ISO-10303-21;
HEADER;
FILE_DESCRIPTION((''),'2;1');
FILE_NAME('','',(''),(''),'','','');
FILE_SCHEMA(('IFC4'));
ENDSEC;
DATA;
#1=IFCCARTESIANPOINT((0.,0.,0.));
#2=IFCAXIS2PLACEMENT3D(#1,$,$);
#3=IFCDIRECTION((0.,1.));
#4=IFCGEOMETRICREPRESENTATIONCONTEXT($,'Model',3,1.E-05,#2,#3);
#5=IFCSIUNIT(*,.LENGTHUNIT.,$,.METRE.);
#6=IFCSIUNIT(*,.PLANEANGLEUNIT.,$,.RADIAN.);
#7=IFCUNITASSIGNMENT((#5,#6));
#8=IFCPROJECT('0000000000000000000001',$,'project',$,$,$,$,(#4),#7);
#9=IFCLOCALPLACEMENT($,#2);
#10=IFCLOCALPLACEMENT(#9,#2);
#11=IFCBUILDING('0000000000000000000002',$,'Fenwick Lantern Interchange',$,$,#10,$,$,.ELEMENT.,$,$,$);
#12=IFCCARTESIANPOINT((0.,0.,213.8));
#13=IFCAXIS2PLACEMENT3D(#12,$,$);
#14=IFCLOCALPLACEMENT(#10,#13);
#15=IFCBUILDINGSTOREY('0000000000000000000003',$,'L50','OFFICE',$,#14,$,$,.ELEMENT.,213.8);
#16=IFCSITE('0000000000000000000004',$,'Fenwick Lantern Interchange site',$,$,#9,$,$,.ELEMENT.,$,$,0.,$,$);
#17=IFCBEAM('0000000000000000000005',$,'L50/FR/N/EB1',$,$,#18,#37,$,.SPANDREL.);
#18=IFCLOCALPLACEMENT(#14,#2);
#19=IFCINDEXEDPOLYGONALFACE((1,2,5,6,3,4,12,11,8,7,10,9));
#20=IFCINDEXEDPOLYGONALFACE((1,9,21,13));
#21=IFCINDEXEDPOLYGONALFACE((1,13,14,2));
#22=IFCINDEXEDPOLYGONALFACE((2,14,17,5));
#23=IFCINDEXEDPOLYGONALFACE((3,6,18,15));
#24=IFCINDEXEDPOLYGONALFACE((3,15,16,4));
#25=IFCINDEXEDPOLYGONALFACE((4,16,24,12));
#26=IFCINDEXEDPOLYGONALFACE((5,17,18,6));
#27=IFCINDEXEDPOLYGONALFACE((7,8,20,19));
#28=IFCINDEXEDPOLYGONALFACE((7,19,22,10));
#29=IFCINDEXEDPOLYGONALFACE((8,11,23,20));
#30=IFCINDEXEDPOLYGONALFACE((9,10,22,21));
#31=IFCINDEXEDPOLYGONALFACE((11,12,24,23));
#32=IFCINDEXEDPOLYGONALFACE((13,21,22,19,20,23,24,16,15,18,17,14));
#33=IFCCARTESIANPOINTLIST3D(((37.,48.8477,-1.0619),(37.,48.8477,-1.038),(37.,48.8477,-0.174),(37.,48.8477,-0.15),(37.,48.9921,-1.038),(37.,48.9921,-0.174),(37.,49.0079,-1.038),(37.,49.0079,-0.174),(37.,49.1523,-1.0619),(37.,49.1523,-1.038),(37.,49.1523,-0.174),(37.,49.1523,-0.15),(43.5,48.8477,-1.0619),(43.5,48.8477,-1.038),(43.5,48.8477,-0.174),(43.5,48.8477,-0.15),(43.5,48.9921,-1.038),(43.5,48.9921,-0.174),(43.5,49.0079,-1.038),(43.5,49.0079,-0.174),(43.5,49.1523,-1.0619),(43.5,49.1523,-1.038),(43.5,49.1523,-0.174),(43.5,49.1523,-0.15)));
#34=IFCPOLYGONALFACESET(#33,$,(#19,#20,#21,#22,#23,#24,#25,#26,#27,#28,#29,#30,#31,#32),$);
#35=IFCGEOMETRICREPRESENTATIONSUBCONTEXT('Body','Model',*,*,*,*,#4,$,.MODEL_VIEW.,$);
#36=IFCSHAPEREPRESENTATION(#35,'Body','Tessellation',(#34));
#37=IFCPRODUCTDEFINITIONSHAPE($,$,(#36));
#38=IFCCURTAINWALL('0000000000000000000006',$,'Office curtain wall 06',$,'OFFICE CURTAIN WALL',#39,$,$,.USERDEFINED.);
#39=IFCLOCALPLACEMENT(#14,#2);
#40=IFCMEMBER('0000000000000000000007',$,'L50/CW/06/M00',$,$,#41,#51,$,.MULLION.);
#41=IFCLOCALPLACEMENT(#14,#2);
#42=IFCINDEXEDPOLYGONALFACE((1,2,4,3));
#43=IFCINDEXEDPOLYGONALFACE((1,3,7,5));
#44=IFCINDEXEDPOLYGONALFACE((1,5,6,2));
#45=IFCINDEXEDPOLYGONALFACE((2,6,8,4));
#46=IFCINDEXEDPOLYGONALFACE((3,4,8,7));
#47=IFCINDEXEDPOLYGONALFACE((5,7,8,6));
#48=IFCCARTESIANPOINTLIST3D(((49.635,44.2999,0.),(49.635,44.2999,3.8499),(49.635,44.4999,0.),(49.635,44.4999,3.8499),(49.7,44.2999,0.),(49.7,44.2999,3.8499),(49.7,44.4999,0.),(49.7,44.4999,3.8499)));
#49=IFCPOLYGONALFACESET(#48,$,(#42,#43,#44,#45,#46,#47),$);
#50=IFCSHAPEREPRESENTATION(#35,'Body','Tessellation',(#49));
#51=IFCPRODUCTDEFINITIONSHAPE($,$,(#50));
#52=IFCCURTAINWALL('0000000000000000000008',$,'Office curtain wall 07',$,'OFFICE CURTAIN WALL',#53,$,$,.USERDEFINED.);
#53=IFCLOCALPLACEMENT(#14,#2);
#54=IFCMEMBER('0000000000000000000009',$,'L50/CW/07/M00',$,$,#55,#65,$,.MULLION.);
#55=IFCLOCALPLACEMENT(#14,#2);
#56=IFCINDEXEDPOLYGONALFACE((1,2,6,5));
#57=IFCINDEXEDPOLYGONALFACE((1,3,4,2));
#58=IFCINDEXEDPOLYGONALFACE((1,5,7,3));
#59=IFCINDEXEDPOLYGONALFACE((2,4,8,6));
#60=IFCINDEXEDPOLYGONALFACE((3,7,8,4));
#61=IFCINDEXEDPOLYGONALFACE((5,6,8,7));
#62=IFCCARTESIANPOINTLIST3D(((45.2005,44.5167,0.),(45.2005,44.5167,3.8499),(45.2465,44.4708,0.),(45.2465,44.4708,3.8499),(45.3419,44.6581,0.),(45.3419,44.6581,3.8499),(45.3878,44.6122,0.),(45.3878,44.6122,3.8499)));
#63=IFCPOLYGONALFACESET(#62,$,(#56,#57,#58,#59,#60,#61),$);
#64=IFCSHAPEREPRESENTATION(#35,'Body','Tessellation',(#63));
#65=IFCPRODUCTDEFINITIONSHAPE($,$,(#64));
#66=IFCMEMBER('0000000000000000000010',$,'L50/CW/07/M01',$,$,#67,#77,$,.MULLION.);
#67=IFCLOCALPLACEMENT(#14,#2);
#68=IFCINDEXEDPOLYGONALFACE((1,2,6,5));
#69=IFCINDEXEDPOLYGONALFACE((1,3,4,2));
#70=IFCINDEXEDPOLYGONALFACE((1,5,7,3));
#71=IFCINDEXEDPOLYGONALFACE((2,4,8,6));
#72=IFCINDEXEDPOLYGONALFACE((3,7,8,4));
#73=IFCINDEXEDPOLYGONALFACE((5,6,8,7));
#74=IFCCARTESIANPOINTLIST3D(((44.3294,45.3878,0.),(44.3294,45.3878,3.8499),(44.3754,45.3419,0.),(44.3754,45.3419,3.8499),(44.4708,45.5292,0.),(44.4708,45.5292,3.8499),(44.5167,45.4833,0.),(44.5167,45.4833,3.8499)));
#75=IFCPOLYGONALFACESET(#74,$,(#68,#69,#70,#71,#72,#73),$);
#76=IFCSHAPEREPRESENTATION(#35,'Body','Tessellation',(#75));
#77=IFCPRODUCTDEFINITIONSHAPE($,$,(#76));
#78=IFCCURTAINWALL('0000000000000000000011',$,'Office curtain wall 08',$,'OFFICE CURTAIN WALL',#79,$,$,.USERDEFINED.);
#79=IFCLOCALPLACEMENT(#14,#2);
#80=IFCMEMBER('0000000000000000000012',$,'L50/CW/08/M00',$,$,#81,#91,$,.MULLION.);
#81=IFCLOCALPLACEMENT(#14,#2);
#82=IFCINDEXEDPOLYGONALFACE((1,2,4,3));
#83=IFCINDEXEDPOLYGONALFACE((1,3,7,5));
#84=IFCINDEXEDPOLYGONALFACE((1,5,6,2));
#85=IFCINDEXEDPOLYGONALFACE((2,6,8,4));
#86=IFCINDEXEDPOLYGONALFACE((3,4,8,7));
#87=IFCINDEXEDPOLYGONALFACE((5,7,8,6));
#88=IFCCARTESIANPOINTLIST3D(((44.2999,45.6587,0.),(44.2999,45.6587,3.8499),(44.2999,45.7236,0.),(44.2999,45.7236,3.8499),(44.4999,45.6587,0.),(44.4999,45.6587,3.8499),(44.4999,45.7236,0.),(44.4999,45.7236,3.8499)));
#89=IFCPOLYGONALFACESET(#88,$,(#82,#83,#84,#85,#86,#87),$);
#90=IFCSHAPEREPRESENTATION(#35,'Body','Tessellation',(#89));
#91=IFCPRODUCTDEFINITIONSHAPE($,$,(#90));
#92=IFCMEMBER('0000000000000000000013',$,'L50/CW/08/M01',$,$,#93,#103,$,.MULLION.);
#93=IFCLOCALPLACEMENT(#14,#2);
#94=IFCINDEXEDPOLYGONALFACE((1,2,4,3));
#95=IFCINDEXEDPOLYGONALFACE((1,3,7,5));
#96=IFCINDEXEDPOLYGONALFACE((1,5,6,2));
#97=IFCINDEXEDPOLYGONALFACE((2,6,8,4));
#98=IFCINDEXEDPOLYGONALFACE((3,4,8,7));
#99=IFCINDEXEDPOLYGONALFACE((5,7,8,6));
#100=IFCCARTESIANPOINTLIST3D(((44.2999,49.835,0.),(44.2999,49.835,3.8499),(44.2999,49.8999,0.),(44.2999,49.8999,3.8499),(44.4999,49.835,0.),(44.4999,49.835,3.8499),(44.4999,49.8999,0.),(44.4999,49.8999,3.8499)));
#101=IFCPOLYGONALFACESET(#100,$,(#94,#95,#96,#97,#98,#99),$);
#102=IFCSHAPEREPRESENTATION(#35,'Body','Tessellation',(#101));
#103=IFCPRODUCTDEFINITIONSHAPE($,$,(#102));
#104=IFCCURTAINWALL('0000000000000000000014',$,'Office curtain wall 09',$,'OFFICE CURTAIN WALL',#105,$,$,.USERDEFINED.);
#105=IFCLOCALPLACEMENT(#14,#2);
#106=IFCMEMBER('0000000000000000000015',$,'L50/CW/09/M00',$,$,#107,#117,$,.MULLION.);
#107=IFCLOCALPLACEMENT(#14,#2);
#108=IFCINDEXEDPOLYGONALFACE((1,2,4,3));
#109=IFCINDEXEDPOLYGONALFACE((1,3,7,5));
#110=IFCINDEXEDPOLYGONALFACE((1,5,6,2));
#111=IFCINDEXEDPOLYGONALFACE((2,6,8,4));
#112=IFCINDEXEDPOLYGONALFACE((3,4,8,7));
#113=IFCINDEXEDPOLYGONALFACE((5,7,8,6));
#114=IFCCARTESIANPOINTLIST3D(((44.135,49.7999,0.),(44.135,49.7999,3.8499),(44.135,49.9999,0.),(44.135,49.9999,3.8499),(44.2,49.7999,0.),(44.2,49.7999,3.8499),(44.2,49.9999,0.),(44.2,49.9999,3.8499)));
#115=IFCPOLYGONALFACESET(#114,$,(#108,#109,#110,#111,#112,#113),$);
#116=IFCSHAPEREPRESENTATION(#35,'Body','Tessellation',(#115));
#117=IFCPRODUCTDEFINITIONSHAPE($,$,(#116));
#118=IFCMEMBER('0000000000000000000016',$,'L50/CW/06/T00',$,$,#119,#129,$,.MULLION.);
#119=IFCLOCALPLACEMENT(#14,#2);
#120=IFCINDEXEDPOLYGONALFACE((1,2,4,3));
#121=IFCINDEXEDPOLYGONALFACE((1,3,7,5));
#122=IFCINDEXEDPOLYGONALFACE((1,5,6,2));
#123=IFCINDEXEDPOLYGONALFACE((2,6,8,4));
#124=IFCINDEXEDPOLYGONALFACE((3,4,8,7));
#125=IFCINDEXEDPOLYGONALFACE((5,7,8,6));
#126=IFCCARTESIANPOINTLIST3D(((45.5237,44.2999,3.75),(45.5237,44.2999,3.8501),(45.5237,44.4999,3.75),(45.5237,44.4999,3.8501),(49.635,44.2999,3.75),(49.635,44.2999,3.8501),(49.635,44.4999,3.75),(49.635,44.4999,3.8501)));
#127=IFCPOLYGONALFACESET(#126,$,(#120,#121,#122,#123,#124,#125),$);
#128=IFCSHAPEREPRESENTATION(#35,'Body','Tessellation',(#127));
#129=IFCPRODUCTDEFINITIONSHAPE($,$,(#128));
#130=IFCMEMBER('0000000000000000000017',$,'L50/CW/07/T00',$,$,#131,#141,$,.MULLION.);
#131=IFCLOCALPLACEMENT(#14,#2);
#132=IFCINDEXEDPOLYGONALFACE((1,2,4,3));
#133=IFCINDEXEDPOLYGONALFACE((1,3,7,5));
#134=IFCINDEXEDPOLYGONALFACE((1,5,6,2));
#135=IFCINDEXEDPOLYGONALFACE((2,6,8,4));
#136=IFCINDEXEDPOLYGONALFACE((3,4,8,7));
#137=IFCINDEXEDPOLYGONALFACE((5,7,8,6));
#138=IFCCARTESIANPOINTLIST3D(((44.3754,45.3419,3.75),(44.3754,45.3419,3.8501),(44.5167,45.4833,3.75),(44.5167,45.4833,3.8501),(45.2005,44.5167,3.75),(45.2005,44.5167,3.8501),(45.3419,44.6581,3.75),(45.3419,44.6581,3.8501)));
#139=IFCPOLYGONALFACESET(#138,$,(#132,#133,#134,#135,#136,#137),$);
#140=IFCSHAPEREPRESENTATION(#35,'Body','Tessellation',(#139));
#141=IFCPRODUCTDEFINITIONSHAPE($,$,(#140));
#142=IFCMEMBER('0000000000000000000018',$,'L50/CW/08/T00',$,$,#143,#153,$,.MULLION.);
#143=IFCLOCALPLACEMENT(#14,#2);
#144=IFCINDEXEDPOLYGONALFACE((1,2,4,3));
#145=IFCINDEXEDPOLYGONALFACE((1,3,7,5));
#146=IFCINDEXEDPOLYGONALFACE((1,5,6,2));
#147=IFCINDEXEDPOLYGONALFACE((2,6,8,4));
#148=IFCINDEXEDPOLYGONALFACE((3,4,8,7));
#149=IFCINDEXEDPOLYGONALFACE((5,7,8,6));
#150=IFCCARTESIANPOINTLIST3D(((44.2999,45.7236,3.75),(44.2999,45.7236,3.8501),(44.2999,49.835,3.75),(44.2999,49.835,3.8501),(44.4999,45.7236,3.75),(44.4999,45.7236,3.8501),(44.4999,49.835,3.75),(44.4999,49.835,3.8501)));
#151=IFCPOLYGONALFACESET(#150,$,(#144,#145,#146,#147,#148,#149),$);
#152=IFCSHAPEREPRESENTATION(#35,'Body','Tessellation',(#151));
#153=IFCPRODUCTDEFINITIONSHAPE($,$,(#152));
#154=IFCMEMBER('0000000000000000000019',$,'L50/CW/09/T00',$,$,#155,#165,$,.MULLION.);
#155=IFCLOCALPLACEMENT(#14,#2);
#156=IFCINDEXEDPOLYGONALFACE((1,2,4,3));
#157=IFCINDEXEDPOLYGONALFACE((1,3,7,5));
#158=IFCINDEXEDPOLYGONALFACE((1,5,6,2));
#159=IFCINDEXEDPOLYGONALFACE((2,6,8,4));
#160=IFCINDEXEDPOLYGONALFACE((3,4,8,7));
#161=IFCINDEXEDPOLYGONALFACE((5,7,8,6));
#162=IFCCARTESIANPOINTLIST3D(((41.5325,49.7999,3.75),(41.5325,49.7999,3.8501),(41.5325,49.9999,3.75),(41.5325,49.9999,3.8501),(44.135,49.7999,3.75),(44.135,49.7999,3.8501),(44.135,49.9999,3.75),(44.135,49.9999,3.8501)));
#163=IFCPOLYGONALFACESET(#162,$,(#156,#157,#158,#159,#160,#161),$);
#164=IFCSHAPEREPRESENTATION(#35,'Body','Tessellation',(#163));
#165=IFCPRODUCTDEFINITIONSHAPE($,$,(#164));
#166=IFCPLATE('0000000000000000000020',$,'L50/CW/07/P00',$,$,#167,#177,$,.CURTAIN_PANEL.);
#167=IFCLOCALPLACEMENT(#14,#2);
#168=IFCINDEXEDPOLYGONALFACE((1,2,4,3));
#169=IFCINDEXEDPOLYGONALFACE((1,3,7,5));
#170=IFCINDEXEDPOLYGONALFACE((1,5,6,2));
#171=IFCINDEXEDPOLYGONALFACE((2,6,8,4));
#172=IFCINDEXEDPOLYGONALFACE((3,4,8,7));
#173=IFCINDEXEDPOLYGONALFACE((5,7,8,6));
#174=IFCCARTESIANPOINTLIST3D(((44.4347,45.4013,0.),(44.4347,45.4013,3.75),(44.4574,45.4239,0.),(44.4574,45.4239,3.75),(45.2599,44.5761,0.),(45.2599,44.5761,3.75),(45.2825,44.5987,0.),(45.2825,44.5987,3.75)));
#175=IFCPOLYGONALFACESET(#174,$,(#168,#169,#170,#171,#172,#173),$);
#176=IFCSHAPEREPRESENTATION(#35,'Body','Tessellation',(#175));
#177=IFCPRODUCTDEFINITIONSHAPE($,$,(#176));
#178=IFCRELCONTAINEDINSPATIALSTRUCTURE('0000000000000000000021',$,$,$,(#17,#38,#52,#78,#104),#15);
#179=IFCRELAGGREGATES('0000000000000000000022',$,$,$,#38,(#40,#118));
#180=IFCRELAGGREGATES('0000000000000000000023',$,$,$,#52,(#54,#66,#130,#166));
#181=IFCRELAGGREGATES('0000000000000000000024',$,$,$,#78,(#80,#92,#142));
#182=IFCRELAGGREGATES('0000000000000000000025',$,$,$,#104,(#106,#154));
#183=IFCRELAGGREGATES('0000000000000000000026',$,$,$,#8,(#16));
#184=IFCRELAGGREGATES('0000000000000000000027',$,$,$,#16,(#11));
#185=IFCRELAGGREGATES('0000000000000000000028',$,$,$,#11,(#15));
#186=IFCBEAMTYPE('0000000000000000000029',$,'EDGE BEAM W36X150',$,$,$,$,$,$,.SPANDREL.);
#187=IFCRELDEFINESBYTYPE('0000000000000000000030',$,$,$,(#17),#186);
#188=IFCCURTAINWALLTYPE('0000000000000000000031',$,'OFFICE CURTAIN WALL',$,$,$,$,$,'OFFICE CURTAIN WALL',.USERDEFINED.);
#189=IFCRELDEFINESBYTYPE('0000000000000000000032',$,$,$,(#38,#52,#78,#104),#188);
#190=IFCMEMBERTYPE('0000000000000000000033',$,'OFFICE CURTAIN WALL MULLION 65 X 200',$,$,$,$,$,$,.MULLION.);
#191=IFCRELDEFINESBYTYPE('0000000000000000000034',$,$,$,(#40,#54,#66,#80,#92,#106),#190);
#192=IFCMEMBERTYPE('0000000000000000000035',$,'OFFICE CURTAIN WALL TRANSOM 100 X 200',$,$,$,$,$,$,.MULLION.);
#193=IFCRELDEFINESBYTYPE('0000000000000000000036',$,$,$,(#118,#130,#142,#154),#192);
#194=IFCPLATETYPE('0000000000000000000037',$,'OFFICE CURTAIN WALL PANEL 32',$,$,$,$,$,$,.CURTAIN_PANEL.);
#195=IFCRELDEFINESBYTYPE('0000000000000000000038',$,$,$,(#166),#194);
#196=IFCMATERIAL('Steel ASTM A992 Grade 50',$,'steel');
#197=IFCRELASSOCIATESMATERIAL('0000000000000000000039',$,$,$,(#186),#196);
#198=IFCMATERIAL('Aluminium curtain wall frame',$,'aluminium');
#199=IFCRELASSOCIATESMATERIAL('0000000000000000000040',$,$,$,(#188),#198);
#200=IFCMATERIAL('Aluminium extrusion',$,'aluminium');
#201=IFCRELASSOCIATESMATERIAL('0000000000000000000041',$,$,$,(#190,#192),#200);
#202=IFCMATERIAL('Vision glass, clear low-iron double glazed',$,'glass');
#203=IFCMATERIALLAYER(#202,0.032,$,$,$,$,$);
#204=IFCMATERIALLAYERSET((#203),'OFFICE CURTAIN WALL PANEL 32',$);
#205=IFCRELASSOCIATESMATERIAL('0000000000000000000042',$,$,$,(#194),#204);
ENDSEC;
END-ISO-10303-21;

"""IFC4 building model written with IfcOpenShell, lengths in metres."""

from ifc_helpers import new_model, si_unit, direction, frame, origin, origin_2d, place, context, subcontext, project, spatial, rectangle, i_section, extrude, material, layer, layer_set, material_profile, profile_set, type_object, element, aggregate, save


model = new_model("IFC4")

# Units and contexts
model_context = context("Model", 3, precision=1e-05, world=origin(), true_north=direction((0.0, 1.0)))
body_context = subcontext(model_context, "Body", "Model", "MODEL_VIEW")
ifc_project = project(units=[si_unit("LENGTHUNIT", "METRE"), si_unit("PLANEANGLEUNIT", "RADIAN")], contexts=[model_context])

# Site, building, storey
site_placement = place(None, origin())
site = spatial("IfcSite", under=ifc_project, at=site_placement, Name="Fenwick Lantern Interchange site", CompositionType="ELEMENT", RefElevation=0.0)
building_placement = place(site_placement, origin())
building = spatial("IfcBuilding", under=site, at=building_placement, Name="Fenwick Lantern Interchange", CompositionType="ELEMENT")
storey_placement = place(building_placement, frame((0.0, 0.0, 213.8)))
storey = spatial("IfcBuildingStorey", under=building, at=storey_placement, Name="L50", Description="OFFICE", CompositionType="ELEMENT", Elevation=213.8)

# Beam
ifc_material_1 = material(Name="Steel ASTM A992 Grade 50", Category="steel")
ifc_material_profile_1 = material_profile(ifc_material_1, i_section(OverallWidth=0.3047, OverallDepth=0.9119, WebThickness=0.0159, FlangeThickness=0.0239, at=origin_2d()), Name="W36X150")
ifc_profile_set_1 = profile_set([ifc_material_profile_1], Name="Steel ASTM A992 Grade 50")
beam_type = type_object("IfcBeamType", Name="EDGE BEAM W36X150", PredefinedType="SPANDREL", material=ifc_profile_set_1)
beam_placement = place(storey_placement, frame((43.5, 49.0, -0.606), z_axis=(-1.0, 0.0, 0.0), x_axis=(0.0, -1.0, 0.0)))
element("IfcBeam", 1, at=beam_placement, inside=storey, type_object=beam_type, Name="L50/FR/N/EB1", PredefinedType="SPANDREL", context=body_context, shape_type="SweptSolid", body=[
    extrude(i_section(OverallWidth=0.3047, OverallDepth=0.9119, WebThickness=0.0159, FlangeThickness=0.0239, at=origin_2d()), origin(), (0.0, 0.0, 1.0), 6.5),
])

# Curtain wall, member
ifc_material_2 = material(Name="Aluminium curtain wall frame", Category="aluminium")
curtain_wall_type = type_object("IfcCurtainWallType", Name="OFFICE CURTAIN WALL", ElementType="OFFICE CURTAIN WALL", PredefinedType="USERDEFINED", material=ifc_material_2)
curtain_wall_1_placement = place(storey_placement, origin())
curtain_wall_1 = element("IfcCurtainWall", 2, at=curtain_wall_1_placement, inside=storey, type_object=curtain_wall_type, Name="Office curtain wall 06", ObjectType="OFFICE CURTAIN WALL", PredefinedType="USERDEFINED")
ifc_material_3 = material(Name="Aluminium extrusion", Category="aluminium")
ifc_material_profile_2 = material_profile(ifc_material_3, rectangle(XDim=0.2, YDim=0.0649, at=origin_2d()), Name="OFFICE CURTAIN WALL MULLION 65 X 200")
ifc_profile_set_2 = profile_set([ifc_material_profile_2], Name="Aluminium extrusion")
member_type_1 = type_object("IfcMemberType", Name="OFFICE CURTAIN WALL MULLION 65 X 200", PredefinedType="MULLION", material=ifc_profile_set_2)
member_1_placement = place(storey_placement, frame((49.6675, 44.3999, 0.0), z_axis=(0.0, 0.0, 1.0), x_axis=(0.0, -1.0, 0.0)))
member_1 = element("IfcMember", 3, at=member_1_placement, type_object=member_type_1, Name="L50/CW/06/M00", PredefinedType="MULLION", context=body_context, shape_type="SweptSolid", body=[
    extrude(rectangle(XDim=0.2, YDim=0.0649, at=origin_2d()), origin(), (0.0, 0.0, 1.0), 3.8499),
])

# Curtain walls, members
curtain_wall_2_placement = place(storey_placement, origin())
curtain_wall_2 = element("IfcCurtainWall", 4, at=curtain_wall_2_placement, inside=storey, type_object=curtain_wall_type, Name="Office curtain wall 07", ObjectType="OFFICE CURTAIN WALL", PredefinedType="USERDEFINED")
member_2_placement = place(storey_placement, frame((45.2942, 44.5645, 0.0), z_axis=(0.0, 0.0, 1.0), x_axis=(-0.707107, -0.707107, 0.0)))
member_2 = element("IfcMember", 5, at=member_2_placement, type_object=member_type_1, Name="L50/CW/07/M00", PredefinedType="MULLION", context=body_context, shape_type="SweptSolid", body=[
    extrude(rectangle(XDim=0.2, YDim=0.0649, at=origin_2d()), origin(), (0.0, 0.0, 1.0), 3.8499),
])
member_3_placement = place(storey_placement, frame((44.4231, 45.4355, 0.0), z_axis=(0.0, 0.0, 1.0), x_axis=(-0.707107, -0.707107, 0.0)))
member_3 = element("IfcMember", 6, at=member_3_placement, type_object=member_type_1, Name="L50/CW/07/M01", PredefinedType="MULLION", context=body_context, shape_type="SweptSolid", body=[
    extrude(rectangle(XDim=0.2, YDim=0.0649, at=origin_2d()), origin(), (0.0, 0.0, 1.0), 3.8499),
])
curtain_wall_3_placement = place(storey_placement, origin())
curtain_wall_3 = element("IfcCurtainWall", 7, at=curtain_wall_3_placement, inside=storey, type_object=curtain_wall_type, Name="Office curtain wall 08", ObjectType="OFFICE CURTAIN WALL", PredefinedType="USERDEFINED")
member_4_placement = place(storey_placement, frame((44.3999, 45.6912, 0.0), z_axis=(0.0, 0.0, 1.0), x_axis=(-1.0, 0.0, 0.0)))
member_4 = element("IfcMember", 8, at=member_4_placement, type_object=member_type_1, Name="L50/CW/08/M00", PredefinedType="MULLION", context=body_context, shape_type="SweptSolid", body=[
    extrude(rectangle(XDim=0.2, YDim=0.0649, at=origin_2d()), origin(), (0.0, 0.0, 1.0), 3.8499),
])
member_5_placement = place(storey_placement, frame((44.3999, 49.8674, 0.0), z_axis=(0.0, 0.0, 1.0), x_axis=(-1.0, 0.0, 0.0)))
member_5 = element("IfcMember", 9, at=member_5_placement, type_object=member_type_1, Name="L50/CW/08/M01", PredefinedType="MULLION", context=body_context, shape_type="SweptSolid", body=[
    extrude(rectangle(XDim=0.2, YDim=0.0649, at=origin_2d()), origin(), (0.0, 0.0, 1.0), 3.8499),
])

# Curtain wall, member
curtain_wall_4_placement = place(storey_placement, origin())
curtain_wall_4 = element("IfcCurtainWall", 10, at=curtain_wall_4_placement, inside=storey, type_object=curtain_wall_type, Name="Office curtain wall 09", ObjectType="OFFICE CURTAIN WALL", PredefinedType="USERDEFINED")
member_6_placement = place(storey_placement, frame((44.1675, 49.8999, 0.0), z_axis=(0.0, 0.0, 1.0), x_axis=(0.0, -1.0, 0.0)))
member_6 = element("IfcMember", 11, at=member_6_placement, type_object=member_type_1, Name="L50/CW/09/M00", PredefinedType="MULLION", context=body_context, shape_type="SweptSolid", body=[
    extrude(rectangle(XDim=0.2, YDim=0.0649, at=origin_2d()), origin(), (0.0, 0.0, 1.0), 3.8499),
])

# Members
ifc_material_profile_3 = material_profile(ifc_material_3, rectangle(XDim=0.2, YDim=0.1001, at=origin_2d()), Name="OFFICE CURTAIN WALL TRANSOM 100 X 200")
ifc_profile_set_3 = profile_set([ifc_material_profile_3], Name="Aluminium extrusion")
member_type_2 = type_object("IfcMemberType", Name="OFFICE CURTAIN WALL TRANSOM 100 X 200", PredefinedType="MULLION", material=ifc_profile_set_3)
member_7_placement = place(storey_placement, frame((49.635, 44.3999, 3.8), z_axis=(-1.0, 0.0, 0.0), x_axis=(0.0, -1.0, 0.0)))
member_7 = element("IfcMember", 12, at=member_7_placement, type_object=member_type_2, Name="L50/CW/06/T00", PredefinedType="MULLION", context=body_context, shape_type="SweptSolid", body=[
    extrude(rectangle(XDim=0.2, YDim=0.1001, at=origin_2d()), origin(), (0.0, 0.0, 1.0), 4.1113),
])
member_8_placement = place(storey_placement, frame((45.2712, 44.5874, 3.8), z_axis=(-0.707107, 0.707107, 0.0), x_axis=(-0.707107, -0.707107, 0.0)))
member_8 = element("IfcMember", 13, at=member_8_placement, type_object=member_type_2, Name="L50/CW/07/T00", PredefinedType="MULLION", context=body_context, shape_type="SweptSolid", body=[
    extrude(rectangle(XDim=0.2, YDim=0.1001, at=origin_2d()), origin(), (0.0, 0.0, 1.0), 1.167),
])
member_9_placement = place(storey_placement, frame((44.3999, 45.7236, 3.8), z_axis=(0.0, 1.0, 0.0), x_axis=(-1.0, 0.0, 0.0)))
member_9 = element("IfcMember", 14, at=member_9_placement, type_object=member_type_2, Name="L50/CW/08/T00", PredefinedType="MULLION", context=body_context, shape_type="SweptSolid", body=[
    extrude(rectangle(XDim=0.2, YDim=0.1001, at=origin_2d()), origin(), (0.0, 0.0, 1.0), 4.1113),
])
member_10_placement = place(storey_placement, frame((44.135, 49.8999, 3.8), z_axis=(-1.0, 0.0, 0.0), x_axis=(0.0, -1.0, 0.0)))
member_10 = element("IfcMember", 15, at=member_10_placement, type_object=member_type_2, Name="L50/CW/09/T00", PredefinedType="MULLION", context=body_context, shape_type="SweptSolid", body=[
    extrude(rectangle(XDim=0.2, YDim=0.1001, at=origin_2d()), origin(), (0.0, 0.0, 1.0), 2.6025),
])

# Plate
ifc_material_4 = material(Name="Vision glass, clear low-iron double glazed", Category="glass")
ifc_layer_1 = layer(ifc_material_4, 0.032)
ifc_layer_set_1 = layer_set([ifc_layer_1], Name="OFFICE CURTAIN WALL PANEL 32")
plate_type = type_object("IfcPlateType", Name="OFFICE CURTAIN WALL PANEL 32", PredefinedType="CURTAIN_PANEL", material=ifc_layer_set_1)
aggregate(curtain_wall_1, [member_1, member_7])
plate_1_placement = place(storey_placement, frame((44.8586, 45.0, 0.0), z_axis=(0.0, 0.0, 1.0), x_axis=(-0.707107, 0.707107, 0.0)))
plate_1 = element("IfcPlate", 16, at=plate_1_placement, type_object=plate_type, Name="L50/CW/07/P00", PredefinedType="CURTAIN_PANEL", context=body_context, shape_type="SweptSolid", body=[
    extrude(rectangle(XDim=1.167, YDim=0.032, at=origin_2d()), origin(), (0.0, 0.0, 1.0), 3.75),
])
aggregate(curtain_wall_2, [member_2, member_3, member_8, plate_1])
aggregate(curtain_wall_3, [member_4, member_5, member_9])
aggregate(curtain_wall_4, [member_6, member_10])

save(model, "model.ifc")
